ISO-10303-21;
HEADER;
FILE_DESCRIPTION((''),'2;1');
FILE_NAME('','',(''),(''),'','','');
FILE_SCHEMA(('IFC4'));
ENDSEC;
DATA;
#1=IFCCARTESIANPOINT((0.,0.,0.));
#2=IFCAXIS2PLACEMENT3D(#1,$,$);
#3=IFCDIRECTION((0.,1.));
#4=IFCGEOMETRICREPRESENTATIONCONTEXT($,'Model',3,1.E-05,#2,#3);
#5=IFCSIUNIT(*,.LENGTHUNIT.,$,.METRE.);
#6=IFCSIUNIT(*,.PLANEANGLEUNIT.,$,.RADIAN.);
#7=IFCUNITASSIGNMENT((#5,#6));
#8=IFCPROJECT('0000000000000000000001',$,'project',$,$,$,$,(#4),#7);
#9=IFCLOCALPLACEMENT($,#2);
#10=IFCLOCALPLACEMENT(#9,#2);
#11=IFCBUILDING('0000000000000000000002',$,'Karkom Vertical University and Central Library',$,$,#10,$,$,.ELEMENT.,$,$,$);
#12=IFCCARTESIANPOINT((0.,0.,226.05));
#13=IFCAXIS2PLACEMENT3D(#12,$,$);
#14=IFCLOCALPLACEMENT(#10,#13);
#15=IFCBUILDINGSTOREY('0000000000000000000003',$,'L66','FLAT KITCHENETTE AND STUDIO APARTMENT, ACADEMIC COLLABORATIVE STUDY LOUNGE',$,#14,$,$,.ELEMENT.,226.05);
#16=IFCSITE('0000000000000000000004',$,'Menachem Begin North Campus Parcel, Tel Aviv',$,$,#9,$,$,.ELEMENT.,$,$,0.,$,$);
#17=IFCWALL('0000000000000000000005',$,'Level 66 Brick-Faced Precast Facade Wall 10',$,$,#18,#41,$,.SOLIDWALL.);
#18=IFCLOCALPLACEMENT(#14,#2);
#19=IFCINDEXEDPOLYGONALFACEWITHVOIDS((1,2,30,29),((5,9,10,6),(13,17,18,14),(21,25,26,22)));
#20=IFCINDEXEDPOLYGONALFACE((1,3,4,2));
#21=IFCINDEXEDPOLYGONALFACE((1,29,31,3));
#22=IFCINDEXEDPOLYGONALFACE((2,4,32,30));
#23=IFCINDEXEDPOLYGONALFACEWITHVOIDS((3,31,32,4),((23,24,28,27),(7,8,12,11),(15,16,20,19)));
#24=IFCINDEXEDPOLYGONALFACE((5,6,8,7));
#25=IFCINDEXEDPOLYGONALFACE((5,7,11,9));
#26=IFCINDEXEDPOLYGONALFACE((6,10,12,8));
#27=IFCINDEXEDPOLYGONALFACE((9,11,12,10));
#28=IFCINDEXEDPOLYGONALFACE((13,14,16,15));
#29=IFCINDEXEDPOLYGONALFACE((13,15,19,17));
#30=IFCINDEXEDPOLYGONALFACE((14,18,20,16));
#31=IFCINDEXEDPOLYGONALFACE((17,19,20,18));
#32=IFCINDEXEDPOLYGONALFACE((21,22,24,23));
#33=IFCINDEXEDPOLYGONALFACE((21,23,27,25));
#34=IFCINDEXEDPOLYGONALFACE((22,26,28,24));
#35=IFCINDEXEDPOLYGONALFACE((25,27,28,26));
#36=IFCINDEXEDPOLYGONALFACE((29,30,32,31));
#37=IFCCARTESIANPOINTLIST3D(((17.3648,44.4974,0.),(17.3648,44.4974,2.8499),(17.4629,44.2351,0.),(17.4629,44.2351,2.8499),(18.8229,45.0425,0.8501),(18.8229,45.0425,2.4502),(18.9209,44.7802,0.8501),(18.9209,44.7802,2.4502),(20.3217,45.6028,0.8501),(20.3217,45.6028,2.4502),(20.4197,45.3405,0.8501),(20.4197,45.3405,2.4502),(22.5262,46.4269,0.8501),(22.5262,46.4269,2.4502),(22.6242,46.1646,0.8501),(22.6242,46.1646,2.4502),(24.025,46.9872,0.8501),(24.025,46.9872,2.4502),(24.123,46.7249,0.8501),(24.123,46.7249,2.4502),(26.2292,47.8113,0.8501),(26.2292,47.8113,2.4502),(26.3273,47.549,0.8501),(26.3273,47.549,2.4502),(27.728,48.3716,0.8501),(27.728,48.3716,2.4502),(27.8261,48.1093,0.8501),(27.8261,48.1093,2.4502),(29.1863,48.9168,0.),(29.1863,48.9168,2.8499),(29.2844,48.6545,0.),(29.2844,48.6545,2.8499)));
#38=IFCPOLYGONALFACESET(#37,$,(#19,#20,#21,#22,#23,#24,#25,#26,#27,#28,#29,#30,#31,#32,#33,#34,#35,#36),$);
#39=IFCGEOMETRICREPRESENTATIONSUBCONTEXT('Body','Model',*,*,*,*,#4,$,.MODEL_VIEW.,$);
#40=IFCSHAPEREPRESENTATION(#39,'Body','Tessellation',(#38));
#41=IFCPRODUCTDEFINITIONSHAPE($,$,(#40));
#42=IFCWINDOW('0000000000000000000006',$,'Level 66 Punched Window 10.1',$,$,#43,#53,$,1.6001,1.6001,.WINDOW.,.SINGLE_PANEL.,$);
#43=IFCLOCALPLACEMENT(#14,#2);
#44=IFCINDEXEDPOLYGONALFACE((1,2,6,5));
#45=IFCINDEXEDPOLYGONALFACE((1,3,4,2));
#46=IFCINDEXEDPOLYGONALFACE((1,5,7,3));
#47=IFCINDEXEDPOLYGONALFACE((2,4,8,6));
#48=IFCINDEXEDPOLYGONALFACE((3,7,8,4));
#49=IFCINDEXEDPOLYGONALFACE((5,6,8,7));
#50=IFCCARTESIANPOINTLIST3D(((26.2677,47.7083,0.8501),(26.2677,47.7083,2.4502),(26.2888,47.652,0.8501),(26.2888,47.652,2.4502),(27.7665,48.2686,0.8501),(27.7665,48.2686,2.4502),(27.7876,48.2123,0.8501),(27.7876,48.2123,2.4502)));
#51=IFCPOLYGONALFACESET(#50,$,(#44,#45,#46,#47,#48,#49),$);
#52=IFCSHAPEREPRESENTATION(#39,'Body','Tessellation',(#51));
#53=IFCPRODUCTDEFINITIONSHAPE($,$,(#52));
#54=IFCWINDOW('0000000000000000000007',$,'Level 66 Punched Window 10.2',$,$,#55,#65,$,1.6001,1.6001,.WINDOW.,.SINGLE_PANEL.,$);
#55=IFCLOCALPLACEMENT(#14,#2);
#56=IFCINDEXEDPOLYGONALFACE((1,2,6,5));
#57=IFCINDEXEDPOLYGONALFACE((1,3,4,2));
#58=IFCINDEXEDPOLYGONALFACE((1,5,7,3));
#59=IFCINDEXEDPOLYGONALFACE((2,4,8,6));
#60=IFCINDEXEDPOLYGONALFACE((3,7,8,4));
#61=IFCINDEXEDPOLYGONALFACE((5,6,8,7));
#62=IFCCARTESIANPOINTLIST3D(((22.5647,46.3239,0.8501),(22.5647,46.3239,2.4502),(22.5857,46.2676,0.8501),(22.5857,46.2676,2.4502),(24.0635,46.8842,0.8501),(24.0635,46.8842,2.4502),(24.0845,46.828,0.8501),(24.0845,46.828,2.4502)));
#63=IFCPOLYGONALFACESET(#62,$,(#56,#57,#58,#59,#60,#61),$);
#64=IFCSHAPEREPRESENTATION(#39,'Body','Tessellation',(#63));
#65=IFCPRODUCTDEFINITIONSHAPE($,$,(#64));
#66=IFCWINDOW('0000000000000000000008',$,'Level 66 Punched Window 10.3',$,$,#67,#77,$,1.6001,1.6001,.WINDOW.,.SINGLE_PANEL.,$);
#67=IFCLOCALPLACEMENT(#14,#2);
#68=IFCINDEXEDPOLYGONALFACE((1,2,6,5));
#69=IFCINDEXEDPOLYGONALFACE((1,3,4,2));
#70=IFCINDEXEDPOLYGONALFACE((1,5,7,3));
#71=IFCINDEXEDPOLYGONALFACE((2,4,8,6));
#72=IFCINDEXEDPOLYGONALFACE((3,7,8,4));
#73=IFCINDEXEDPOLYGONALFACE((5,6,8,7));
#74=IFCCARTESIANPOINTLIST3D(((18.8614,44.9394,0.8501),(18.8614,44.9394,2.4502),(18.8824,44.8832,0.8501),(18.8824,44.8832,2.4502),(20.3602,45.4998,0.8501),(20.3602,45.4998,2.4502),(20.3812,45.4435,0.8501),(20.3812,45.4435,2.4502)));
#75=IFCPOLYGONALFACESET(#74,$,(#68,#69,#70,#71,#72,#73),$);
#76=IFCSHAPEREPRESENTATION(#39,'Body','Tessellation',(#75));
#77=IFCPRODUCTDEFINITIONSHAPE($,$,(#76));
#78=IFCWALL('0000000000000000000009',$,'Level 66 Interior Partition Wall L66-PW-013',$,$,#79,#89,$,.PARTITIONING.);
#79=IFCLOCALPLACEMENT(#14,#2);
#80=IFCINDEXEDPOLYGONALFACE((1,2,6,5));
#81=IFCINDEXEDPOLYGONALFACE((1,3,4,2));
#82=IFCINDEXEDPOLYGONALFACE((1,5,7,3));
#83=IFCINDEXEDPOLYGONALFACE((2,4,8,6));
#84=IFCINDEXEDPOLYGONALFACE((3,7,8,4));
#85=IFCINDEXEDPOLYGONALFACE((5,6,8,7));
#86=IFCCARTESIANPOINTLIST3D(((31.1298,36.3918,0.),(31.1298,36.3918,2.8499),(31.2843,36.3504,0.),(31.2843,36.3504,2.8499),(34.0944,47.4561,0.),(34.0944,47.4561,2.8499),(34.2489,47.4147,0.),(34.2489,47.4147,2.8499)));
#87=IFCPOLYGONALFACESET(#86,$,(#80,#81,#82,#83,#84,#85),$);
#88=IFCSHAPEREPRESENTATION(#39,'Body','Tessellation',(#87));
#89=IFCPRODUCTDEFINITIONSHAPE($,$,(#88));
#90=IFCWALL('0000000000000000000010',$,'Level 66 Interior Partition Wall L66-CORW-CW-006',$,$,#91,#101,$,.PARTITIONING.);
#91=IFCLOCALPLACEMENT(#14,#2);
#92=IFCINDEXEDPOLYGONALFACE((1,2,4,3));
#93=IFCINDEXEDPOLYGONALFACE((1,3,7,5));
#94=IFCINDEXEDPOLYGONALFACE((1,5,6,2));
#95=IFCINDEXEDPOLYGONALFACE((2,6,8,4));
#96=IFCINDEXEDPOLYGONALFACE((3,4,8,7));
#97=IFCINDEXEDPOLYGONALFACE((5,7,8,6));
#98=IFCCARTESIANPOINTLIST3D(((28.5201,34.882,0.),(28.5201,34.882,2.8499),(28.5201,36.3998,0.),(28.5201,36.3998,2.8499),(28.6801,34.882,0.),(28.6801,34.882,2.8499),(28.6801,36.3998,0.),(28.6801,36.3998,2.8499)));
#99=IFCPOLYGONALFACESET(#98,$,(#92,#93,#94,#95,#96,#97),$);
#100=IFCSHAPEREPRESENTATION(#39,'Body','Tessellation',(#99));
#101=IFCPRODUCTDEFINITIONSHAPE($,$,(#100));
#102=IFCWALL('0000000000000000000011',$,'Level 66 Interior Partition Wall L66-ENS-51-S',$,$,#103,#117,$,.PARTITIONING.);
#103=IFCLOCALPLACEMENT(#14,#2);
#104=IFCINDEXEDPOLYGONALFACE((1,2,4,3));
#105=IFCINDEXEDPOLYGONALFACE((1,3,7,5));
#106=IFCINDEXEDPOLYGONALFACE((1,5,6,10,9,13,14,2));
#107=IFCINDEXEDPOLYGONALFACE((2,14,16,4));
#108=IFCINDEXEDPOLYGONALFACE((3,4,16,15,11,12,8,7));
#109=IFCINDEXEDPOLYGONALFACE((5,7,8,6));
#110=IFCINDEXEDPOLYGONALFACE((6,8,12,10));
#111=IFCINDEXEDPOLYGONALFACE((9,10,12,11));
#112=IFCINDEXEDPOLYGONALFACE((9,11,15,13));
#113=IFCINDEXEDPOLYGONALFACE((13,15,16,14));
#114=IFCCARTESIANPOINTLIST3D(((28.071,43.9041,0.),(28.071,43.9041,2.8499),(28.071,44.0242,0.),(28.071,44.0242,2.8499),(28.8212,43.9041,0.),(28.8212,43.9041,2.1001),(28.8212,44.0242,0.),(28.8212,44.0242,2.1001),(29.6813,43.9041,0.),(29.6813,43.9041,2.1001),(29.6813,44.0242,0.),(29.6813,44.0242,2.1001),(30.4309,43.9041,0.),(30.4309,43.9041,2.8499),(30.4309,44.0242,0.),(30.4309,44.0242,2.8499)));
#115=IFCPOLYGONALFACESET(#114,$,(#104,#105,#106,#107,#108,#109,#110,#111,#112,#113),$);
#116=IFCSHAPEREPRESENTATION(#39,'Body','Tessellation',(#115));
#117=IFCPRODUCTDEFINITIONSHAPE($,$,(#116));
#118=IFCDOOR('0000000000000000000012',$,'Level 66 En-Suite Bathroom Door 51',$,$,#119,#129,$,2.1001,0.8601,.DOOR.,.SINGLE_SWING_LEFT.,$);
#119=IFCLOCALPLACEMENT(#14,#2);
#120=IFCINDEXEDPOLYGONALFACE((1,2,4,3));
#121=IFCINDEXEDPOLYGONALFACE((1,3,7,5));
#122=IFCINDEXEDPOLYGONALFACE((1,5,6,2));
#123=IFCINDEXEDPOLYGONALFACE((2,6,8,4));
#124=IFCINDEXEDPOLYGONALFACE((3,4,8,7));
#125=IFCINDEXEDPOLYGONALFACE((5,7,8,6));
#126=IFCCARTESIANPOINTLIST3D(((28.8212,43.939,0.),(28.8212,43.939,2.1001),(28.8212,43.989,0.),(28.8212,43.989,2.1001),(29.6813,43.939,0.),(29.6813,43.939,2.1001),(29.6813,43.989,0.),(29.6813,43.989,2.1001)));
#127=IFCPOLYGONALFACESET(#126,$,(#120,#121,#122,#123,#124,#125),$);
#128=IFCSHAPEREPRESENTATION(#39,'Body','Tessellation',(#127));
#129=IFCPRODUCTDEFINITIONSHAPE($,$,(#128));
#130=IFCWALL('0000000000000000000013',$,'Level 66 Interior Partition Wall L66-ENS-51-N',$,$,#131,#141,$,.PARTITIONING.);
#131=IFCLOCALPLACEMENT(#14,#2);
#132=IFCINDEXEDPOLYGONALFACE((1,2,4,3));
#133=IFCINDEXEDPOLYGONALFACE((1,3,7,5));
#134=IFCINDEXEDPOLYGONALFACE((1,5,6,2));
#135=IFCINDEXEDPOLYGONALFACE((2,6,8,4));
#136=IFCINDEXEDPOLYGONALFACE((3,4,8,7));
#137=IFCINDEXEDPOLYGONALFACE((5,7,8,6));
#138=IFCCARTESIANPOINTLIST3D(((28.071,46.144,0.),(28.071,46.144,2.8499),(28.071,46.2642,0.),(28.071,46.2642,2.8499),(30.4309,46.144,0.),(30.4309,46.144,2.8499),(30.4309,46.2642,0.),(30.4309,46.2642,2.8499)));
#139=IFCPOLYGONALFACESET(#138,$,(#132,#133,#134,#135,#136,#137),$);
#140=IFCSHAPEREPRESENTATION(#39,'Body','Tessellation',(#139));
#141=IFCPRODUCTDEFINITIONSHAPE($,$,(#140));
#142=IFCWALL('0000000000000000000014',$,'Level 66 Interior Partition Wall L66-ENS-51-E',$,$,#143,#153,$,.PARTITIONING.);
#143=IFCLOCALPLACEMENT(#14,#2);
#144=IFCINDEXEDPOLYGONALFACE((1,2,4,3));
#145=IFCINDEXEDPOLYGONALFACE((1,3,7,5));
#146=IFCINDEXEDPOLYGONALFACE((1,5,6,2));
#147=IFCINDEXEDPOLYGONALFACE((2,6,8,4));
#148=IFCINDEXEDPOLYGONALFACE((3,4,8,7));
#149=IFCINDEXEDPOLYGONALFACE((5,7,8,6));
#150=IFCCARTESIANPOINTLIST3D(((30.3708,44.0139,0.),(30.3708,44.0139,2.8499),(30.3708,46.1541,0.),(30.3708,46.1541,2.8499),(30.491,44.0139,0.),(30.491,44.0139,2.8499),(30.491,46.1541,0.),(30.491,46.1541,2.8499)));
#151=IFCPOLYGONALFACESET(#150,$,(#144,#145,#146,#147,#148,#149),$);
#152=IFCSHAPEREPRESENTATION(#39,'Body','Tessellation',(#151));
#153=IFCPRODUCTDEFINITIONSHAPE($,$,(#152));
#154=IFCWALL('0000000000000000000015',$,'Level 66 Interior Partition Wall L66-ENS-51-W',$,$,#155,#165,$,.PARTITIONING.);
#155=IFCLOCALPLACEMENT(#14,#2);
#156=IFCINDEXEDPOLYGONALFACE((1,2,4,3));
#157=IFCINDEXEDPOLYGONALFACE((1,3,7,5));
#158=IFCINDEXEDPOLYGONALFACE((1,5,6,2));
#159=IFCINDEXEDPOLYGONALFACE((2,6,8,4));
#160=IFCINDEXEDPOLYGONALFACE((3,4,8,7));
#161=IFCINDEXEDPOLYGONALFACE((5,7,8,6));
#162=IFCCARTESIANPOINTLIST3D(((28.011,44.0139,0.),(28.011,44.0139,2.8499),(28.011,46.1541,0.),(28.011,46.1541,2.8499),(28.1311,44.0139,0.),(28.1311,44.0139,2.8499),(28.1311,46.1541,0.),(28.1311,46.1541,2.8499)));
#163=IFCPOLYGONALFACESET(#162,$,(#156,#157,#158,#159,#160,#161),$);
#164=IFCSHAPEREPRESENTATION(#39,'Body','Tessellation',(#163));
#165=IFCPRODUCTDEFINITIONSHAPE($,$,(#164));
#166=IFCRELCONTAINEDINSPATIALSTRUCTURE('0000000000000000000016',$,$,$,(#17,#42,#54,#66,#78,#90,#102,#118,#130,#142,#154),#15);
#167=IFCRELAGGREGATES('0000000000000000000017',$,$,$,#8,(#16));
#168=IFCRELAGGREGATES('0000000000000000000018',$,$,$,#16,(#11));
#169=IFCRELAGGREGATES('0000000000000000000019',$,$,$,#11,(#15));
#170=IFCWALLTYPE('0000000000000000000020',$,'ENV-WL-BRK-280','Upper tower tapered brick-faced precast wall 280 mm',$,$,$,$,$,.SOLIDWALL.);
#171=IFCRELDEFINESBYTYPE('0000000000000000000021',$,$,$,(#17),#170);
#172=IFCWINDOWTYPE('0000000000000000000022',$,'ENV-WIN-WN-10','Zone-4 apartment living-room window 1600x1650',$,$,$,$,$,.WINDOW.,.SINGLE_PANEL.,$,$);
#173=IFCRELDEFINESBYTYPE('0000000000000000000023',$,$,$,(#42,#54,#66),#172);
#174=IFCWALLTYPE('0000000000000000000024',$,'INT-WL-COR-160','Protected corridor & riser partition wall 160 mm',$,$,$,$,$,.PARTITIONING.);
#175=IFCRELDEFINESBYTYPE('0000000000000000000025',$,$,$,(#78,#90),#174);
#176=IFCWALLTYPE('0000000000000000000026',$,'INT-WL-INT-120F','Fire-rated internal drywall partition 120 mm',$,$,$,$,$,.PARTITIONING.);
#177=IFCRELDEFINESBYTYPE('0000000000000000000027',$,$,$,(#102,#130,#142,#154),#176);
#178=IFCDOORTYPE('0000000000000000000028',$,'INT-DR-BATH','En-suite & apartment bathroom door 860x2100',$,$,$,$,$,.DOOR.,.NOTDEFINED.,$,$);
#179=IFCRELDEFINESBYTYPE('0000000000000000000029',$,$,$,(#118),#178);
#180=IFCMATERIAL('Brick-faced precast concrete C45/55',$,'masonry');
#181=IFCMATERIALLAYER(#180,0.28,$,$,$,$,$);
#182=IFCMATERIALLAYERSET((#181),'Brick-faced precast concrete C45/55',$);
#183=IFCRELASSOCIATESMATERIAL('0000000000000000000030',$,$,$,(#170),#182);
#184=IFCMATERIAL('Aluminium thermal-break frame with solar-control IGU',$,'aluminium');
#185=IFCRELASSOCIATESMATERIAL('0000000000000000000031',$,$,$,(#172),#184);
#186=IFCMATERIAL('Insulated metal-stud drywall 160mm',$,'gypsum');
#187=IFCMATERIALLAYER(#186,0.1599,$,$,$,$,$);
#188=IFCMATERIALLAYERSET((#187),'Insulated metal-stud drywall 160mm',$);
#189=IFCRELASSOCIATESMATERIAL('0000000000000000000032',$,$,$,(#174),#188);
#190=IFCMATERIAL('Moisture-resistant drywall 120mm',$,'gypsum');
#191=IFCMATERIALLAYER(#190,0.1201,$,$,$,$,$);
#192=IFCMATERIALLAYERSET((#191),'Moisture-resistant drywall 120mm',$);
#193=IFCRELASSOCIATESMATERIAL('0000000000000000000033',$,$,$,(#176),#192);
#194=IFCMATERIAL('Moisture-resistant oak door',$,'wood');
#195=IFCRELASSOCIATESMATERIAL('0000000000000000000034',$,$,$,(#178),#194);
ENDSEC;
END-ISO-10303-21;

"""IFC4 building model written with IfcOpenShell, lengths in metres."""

from ifc_helpers import new_model, si_unit, direction, frame, frame_2d, origin, origin_with_axes, place, context, subcontext, project, spatial, rectangle, extrude, source, transform, mapped, material, layer, layer_set, type_object, element, fill, save


model = new_model("IFC4")

# Units and contexts
model_context = context("Model", 3, precision=1e-05, world=origin(), true_north=direction((0.0, 1.0)))
body_context = subcontext(model_context, "Body", "Model", "MODEL_VIEW")
ifc_project = project(units=[si_unit("LENGTHUNIT", "METRE"), si_unit("PLANEANGLEUNIT", "RADIAN")], contexts=[model_context])

# Site, building, storey
site_placement = place(None, origin())
site = spatial("IfcSite", under=ifc_project, at=site_placement, Name="Menachem Begin North Campus Parcel, Tel Aviv", CompositionType="ELEMENT", RefElevation=0.0)
building_placement = place(site_placement, origin())
building = spatial("IfcBuilding", under=site, at=building_placement, Name="Karkom Vertical University and Central Library", CompositionType="ELEMENT")
storey_placement = place(building_placement, frame((0.0, 0.0, 226.05)))
storey = spatial("IfcBuildingStorey", under=building, at=storey_placement, Name="L66", Description="FLAT KITCHENETTE AND STUDIO APARTMENT, ACADEMIC COLLABORATIVE STUDY LOUNGE", CompositionType="ELEMENT", Elevation=226.05)

# Wall, openings, windows
ifc_material_1 = material(Name="Brick-faced precast concrete C45/55", Category="masonry")
ifc_layer_1 = layer(ifc_material_1, 0.28)
ifc_layer_set_1 = layer_set([ifc_layer_1], Name="Brick-faced precast concrete C45/55")
wall_type_1 = type_object("IfcWallType", Name="ENV-WL-BRK-280", Description="Upper tower tapered brick-faced precast wall 280 mm", PredefinedType="SOLIDWALL", material=ifc_layer_set_1)
wall_1_placement = place(storey_placement, frame((29.2354, 48.7856, 0.0), z_axis=(0.0, 0.0, 1.0), x_axis=(-0.936684, -0.350176, 0.0)))
wall_1 = element("IfcWall", 1, at=wall_1_placement, inside=storey, type_object=wall_type_1, Name="Level 66 Brick-Faced Precast Facade Wall 10", PredefinedType="SOLIDWALL", context=body_context, shape_type="SweptSolid", body=[
    extrude(rectangle(XDim=12.6206, YDim=0.28, at=frame_2d((6.3103, 0.0))), origin(), (0.0, 0.0, 1.0), 2.8499),
])
opening_1_placement = place(wall_1_placement, frame((1.5569, 0.0, 0.8501)))
opening_1 = element("IfcOpeningElement", 2, at=opening_1_placement, cuts=wall_1, PredefinedType="OPENING", context=body_context, shape_type="SweptSolid", body=[
    extrude(rectangle(XDim=1.6001, YDim=1.6001, at=frame_2d((0.8, 0.8))), frame((0.0, 0.1499, 0.0), z_axis=(0.0, -1.0, 0.0), x_axis=(1.0, 0.0, 0.0)), (0.0, 0.0, 1.0), 0.3),
])
opening_2_placement = place(wall_1_placement, frame((5.5103, 0.0, 0.8501)))
opening_2 = element("IfcOpeningElement", 3, at=opening_2_placement, cuts=wall_1, PredefinedType="OPENING", context=body_context, shape_type="SweptSolid", body=[
    extrude(rectangle(XDim=1.6001, YDim=1.6001, at=frame_2d((0.8, 0.8))), frame((0.0, 0.1499, 0.0), z_axis=(0.0, -1.0, 0.0), x_axis=(1.0, 0.0, 0.0)), (0.0, 0.0, 1.0), 0.3),
])
opening_3_placement = place(wall_1_placement, frame((9.4639, 0.0, 0.8501)))
opening_3 = element("IfcOpeningElement", 4, at=opening_3_placement, cuts=wall_1, PredefinedType="OPENING", context=body_context, shape_type="SweptSolid", body=[
    extrude(rectangle(XDim=1.6001, YDim=1.6001, at=frame_2d((0.8, 0.8))), frame((0.0, 0.1499, 0.0), z_axis=(0.0, -1.0, 0.0), x_axis=(1.0, 0.0, 0.0)), (0.0, 0.0, 1.0), 0.3),
])
ifc_material_2 = material(Name="Aluminium thermal-break frame with solar-control IGU", Category="aluminium")
window_type = type_object("IfcWindowType", Name="ENV-WIN-WN-10", Description="Zone-4 apartment living-room window 1600x1650", PartitioningType="SINGLE_PANEL", PredefinedType="WINDOW", material=ifc_material_2)
shared_shape_1 = source(origin_with_axes(), body_context, "Body", "SweptSolid", [
    extrude(rectangle(XDim=1.6001, YDim=1.6001, at=frame_2d((0.8, 0.8))), frame((0.0, 0.03, 0.0), z_axis=(0.0, -1.0, 0.0), x_axis=(1.0, 0.0, 0.0)), (0.0, 0.0, 1.0), 0.0601),
])
window_1_placement = place(opening_1_placement, origin())
window_1 = element("IfcWindow", 5, at=window_1_placement, inside=storey, type_object=window_type, Name="Level 66 Punched Window 10.1", OverallHeight=1.6001, OverallWidth=1.6001, PartitioningType="SINGLE_PANEL", PredefinedType="WINDOW", context=body_context, shape_type="MappedRepresentation", body=[
    mapped(shared_shape_1, transform((0.0, 0.0, 0.0), scale=1.0)),
])
fill(opening_1, window_1)
window_2_placement = place(opening_2_placement, origin())
window_2 = element("IfcWindow", 6, at=window_2_placement, inside=storey, type_object=window_type, Name="Level 66 Punched Window 10.2", OverallHeight=1.6001, OverallWidth=1.6001, PartitioningType="SINGLE_PANEL", PredefinedType="WINDOW", context=body_context, shape_type="MappedRepresentation", body=[
    mapped(shared_shape_1, transform((0.0, 0.0, 0.0), scale=1.0)),
])
fill(opening_2, window_2)
window_3_placement = place(opening_3_placement, origin())
window_3 = element("IfcWindow", 7, at=window_3_placement, inside=storey, type_object=window_type, Name="Level 66 Punched Window 10.3", OverallHeight=1.6001, OverallWidth=1.6001, PartitioningType="SINGLE_PANEL", PredefinedType="WINDOW", context=body_context, shape_type="MappedRepresentation", body=[
    mapped(shared_shape_1, transform((0.0, 0.0, 0.0), scale=1.0)),
])
fill(opening_3, window_3)

# Wall
ifc_material_3 = material(Name="Insulated metal-stud drywall 160mm", Category="gypsum")
ifc_layer_2 = layer(ifc_material_3, 0.1599)
ifc_layer_set_2 = layer_set([ifc_layer_2], Name="Insulated metal-stud drywall 160mm")
wall_type_2 = type_object("IfcWallType", Name="INT-WL-COR-160", Description="Protected corridor & riser partition wall 160 mm", PredefinedType="PARTITIONING", material=ifc_layer_set_2)
wall_2_placement = place(storey_placement, frame((31.207, 36.3711, 0.0), z_axis=(0.0, 0.0, 1.0), x_axis=(0.258815, 0.965927, 0.0)))
element("IfcWall", 8, at=wall_2_placement, inside=storey, type_object=wall_type_2, Name="Level 66 Interior Partition Wall L66-PW-013", PredefinedType="PARTITIONING", context=body_context, shape_type="SweptSolid", body=[
    extrude(rectangle(XDim=11.4546, YDim=0.1599, at=frame_2d((5.7273, 0.0))), origin(), (0.0, 0.0, 1.0), 2.8499),
])

# Wall
wall_3_placement = place(storey_placement, frame((28.6001, 34.8821, 0.0), z_axis=(0.0, 0.0, 1.0), x_axis=(0.0, 1.0, 0.0)))
element("IfcWall", 9, at=wall_3_placement, inside=storey, type_object=wall_type_2, Name="Level 66 Interior Partition Wall L66-CORW-CW-006", PredefinedType="PARTITIONING", context=body_context, shape_type="SweptSolid", body=[
    extrude(rectangle(XDim=1.5178, YDim=0.1599, at=frame_2d((0.7588, 0.0))), origin(), (0.0, 0.0, 1.0), 2.8499),
])

# Wall, opening, door
ifc_material_4 = material(Name="Moisture-resistant drywall 120mm", Category="gypsum")
ifc_layer_3 = layer(ifc_material_4, 0.1201)
ifc_layer_set_3 = layer_set([ifc_layer_3], Name="Moisture-resistant drywall 120mm")
wall_type_3 = type_object("IfcWallType", Name="INT-WL-INT-120F", Description="Fire-rated internal drywall partition 120 mm", PredefinedType="PARTITIONING", material=ifc_layer_set_3)
wall_4_placement = place(storey_placement, frame((28.071, 43.9641, 0.0), z_axis=(0.0, 0.0, 1.0), x_axis=(1.0, 0.0, 0.0)))
wall_4 = element("IfcWall", 10, at=wall_4_placement, inside=storey, type_object=wall_type_3, Name="Level 66 Interior Partition Wall L66-ENS-51-S", PredefinedType="PARTITIONING", context=body_context, shape_type="SweptSolid", body=[
    extrude(rectangle(XDim=2.3599, YDim=0.1201, at=frame_2d((1.1799, 0.0))), origin(), (0.0, 0.0, 1.0), 2.8499),
])
opening_4_placement = place(wall_4_placement, frame((0.75, 0.0, 0.0)))
opening_4 = element("IfcOpeningElement", 11, at=opening_4_placement, cuts=wall_4, PredefinedType="OPENING", context=body_context, shape_type="SweptSolid", body=[
    extrude(rectangle(XDim=0.8601, YDim=2.1001, at=frame_2d((0.4302, 1.05))), frame((0.0, 0.0701, 0.0), z_axis=(0.0, -1.0, 0.0), x_axis=(1.0, 0.0, 0.0)), (0.0, 0.0, 1.0), 0.1401),
])
ifc_material_5 = material(Name="Moisture-resistant oak door", Category="wood")
door_type_1 = type_object("IfcDoorType", Name="INT-DR-BATH", Description="En-suite & apartment bathroom door 860x2100", OperationType="NOTDEFINED", PredefinedType="DOOR", material=ifc_material_5)
shared_shape_2 = source(origin_with_axes(), body_context, "Body", "SweptSolid", [
    extrude(rectangle(XDim=0.8601, YDim=2.1001, at=frame_2d((0.4302, 1.05))), frame((0.0, 0.0249, 0.0), z_axis=(0.0, -1.0, 0.0), x_axis=(1.0, 0.0, 0.0)), (0.0, 0.0, 1.0), 0.05),
])
door_1_placement = place(opening_4_placement, origin())
door_1 = element("IfcDoor", 12, at=door_1_placement, inside=storey, type_object=door_type_1, Name="Level 66 En-Suite Bathroom Door 51", OperationType="SINGLE_SWING_LEFT", OverallHeight=2.1001, OverallWidth=0.8601, PredefinedType="DOOR", context=body_context, shape_type="MappedRepresentation", body=[
    mapped(shared_shape_2, transform((0.0, 0.0, 0.0), scale=1.0)),
])
fill(opening_4, door_1)

# Walls
wall_5_placement = place(storey_placement, frame((30.4309, 46.2041, 0.0), z_axis=(0.0, 0.0, 1.0), x_axis=(-1.0, 0.0, 0.0)))
element("IfcWall", 13, at=wall_5_placement, inside=storey, type_object=wall_type_3, Name="Level 66 Interior Partition Wall L66-ENS-51-N", PredefinedType="PARTITIONING", context=body_context, shape_type="SweptSolid", body=[
    extrude(rectangle(XDim=2.3599, YDim=0.1201, at=frame_2d((1.1799, 0.0))), origin(), (0.0, 0.0, 1.0), 2.8499),
])
for number, where, z_axis, x_axis, name in (
    (14, (30.4309, 44.0139, 0.0), (0.0, 0.0, 1.0), (0.0, 1.0, 0.0), "Level 66 Interior Partition Wall L66-ENS-51-E"),
    (15, (28.071, 46.1541, 0.0), (0.0, 0.0, 1.0), (0.0, -1.0, 0.0), "Level 66 Interior Partition Wall L66-ENS-51-W"),
):
    element("IfcWall", number, at=place(storey_placement, frame(where, z_axis=z_axis, x_axis=x_axis)), inside=storey, type_object=wall_type_3, Name=name, PredefinedType="PARTITIONING", context=body_context, shape_type="SweptSolid", body=[
        extrude(rectangle(XDim=2.1401, YDim=0.1201, at=frame_2d((1.0701, 0.0))), origin(), (0.0, 0.0, 1.0), 2.8499),
    ])

save(model, "model.ifc")
